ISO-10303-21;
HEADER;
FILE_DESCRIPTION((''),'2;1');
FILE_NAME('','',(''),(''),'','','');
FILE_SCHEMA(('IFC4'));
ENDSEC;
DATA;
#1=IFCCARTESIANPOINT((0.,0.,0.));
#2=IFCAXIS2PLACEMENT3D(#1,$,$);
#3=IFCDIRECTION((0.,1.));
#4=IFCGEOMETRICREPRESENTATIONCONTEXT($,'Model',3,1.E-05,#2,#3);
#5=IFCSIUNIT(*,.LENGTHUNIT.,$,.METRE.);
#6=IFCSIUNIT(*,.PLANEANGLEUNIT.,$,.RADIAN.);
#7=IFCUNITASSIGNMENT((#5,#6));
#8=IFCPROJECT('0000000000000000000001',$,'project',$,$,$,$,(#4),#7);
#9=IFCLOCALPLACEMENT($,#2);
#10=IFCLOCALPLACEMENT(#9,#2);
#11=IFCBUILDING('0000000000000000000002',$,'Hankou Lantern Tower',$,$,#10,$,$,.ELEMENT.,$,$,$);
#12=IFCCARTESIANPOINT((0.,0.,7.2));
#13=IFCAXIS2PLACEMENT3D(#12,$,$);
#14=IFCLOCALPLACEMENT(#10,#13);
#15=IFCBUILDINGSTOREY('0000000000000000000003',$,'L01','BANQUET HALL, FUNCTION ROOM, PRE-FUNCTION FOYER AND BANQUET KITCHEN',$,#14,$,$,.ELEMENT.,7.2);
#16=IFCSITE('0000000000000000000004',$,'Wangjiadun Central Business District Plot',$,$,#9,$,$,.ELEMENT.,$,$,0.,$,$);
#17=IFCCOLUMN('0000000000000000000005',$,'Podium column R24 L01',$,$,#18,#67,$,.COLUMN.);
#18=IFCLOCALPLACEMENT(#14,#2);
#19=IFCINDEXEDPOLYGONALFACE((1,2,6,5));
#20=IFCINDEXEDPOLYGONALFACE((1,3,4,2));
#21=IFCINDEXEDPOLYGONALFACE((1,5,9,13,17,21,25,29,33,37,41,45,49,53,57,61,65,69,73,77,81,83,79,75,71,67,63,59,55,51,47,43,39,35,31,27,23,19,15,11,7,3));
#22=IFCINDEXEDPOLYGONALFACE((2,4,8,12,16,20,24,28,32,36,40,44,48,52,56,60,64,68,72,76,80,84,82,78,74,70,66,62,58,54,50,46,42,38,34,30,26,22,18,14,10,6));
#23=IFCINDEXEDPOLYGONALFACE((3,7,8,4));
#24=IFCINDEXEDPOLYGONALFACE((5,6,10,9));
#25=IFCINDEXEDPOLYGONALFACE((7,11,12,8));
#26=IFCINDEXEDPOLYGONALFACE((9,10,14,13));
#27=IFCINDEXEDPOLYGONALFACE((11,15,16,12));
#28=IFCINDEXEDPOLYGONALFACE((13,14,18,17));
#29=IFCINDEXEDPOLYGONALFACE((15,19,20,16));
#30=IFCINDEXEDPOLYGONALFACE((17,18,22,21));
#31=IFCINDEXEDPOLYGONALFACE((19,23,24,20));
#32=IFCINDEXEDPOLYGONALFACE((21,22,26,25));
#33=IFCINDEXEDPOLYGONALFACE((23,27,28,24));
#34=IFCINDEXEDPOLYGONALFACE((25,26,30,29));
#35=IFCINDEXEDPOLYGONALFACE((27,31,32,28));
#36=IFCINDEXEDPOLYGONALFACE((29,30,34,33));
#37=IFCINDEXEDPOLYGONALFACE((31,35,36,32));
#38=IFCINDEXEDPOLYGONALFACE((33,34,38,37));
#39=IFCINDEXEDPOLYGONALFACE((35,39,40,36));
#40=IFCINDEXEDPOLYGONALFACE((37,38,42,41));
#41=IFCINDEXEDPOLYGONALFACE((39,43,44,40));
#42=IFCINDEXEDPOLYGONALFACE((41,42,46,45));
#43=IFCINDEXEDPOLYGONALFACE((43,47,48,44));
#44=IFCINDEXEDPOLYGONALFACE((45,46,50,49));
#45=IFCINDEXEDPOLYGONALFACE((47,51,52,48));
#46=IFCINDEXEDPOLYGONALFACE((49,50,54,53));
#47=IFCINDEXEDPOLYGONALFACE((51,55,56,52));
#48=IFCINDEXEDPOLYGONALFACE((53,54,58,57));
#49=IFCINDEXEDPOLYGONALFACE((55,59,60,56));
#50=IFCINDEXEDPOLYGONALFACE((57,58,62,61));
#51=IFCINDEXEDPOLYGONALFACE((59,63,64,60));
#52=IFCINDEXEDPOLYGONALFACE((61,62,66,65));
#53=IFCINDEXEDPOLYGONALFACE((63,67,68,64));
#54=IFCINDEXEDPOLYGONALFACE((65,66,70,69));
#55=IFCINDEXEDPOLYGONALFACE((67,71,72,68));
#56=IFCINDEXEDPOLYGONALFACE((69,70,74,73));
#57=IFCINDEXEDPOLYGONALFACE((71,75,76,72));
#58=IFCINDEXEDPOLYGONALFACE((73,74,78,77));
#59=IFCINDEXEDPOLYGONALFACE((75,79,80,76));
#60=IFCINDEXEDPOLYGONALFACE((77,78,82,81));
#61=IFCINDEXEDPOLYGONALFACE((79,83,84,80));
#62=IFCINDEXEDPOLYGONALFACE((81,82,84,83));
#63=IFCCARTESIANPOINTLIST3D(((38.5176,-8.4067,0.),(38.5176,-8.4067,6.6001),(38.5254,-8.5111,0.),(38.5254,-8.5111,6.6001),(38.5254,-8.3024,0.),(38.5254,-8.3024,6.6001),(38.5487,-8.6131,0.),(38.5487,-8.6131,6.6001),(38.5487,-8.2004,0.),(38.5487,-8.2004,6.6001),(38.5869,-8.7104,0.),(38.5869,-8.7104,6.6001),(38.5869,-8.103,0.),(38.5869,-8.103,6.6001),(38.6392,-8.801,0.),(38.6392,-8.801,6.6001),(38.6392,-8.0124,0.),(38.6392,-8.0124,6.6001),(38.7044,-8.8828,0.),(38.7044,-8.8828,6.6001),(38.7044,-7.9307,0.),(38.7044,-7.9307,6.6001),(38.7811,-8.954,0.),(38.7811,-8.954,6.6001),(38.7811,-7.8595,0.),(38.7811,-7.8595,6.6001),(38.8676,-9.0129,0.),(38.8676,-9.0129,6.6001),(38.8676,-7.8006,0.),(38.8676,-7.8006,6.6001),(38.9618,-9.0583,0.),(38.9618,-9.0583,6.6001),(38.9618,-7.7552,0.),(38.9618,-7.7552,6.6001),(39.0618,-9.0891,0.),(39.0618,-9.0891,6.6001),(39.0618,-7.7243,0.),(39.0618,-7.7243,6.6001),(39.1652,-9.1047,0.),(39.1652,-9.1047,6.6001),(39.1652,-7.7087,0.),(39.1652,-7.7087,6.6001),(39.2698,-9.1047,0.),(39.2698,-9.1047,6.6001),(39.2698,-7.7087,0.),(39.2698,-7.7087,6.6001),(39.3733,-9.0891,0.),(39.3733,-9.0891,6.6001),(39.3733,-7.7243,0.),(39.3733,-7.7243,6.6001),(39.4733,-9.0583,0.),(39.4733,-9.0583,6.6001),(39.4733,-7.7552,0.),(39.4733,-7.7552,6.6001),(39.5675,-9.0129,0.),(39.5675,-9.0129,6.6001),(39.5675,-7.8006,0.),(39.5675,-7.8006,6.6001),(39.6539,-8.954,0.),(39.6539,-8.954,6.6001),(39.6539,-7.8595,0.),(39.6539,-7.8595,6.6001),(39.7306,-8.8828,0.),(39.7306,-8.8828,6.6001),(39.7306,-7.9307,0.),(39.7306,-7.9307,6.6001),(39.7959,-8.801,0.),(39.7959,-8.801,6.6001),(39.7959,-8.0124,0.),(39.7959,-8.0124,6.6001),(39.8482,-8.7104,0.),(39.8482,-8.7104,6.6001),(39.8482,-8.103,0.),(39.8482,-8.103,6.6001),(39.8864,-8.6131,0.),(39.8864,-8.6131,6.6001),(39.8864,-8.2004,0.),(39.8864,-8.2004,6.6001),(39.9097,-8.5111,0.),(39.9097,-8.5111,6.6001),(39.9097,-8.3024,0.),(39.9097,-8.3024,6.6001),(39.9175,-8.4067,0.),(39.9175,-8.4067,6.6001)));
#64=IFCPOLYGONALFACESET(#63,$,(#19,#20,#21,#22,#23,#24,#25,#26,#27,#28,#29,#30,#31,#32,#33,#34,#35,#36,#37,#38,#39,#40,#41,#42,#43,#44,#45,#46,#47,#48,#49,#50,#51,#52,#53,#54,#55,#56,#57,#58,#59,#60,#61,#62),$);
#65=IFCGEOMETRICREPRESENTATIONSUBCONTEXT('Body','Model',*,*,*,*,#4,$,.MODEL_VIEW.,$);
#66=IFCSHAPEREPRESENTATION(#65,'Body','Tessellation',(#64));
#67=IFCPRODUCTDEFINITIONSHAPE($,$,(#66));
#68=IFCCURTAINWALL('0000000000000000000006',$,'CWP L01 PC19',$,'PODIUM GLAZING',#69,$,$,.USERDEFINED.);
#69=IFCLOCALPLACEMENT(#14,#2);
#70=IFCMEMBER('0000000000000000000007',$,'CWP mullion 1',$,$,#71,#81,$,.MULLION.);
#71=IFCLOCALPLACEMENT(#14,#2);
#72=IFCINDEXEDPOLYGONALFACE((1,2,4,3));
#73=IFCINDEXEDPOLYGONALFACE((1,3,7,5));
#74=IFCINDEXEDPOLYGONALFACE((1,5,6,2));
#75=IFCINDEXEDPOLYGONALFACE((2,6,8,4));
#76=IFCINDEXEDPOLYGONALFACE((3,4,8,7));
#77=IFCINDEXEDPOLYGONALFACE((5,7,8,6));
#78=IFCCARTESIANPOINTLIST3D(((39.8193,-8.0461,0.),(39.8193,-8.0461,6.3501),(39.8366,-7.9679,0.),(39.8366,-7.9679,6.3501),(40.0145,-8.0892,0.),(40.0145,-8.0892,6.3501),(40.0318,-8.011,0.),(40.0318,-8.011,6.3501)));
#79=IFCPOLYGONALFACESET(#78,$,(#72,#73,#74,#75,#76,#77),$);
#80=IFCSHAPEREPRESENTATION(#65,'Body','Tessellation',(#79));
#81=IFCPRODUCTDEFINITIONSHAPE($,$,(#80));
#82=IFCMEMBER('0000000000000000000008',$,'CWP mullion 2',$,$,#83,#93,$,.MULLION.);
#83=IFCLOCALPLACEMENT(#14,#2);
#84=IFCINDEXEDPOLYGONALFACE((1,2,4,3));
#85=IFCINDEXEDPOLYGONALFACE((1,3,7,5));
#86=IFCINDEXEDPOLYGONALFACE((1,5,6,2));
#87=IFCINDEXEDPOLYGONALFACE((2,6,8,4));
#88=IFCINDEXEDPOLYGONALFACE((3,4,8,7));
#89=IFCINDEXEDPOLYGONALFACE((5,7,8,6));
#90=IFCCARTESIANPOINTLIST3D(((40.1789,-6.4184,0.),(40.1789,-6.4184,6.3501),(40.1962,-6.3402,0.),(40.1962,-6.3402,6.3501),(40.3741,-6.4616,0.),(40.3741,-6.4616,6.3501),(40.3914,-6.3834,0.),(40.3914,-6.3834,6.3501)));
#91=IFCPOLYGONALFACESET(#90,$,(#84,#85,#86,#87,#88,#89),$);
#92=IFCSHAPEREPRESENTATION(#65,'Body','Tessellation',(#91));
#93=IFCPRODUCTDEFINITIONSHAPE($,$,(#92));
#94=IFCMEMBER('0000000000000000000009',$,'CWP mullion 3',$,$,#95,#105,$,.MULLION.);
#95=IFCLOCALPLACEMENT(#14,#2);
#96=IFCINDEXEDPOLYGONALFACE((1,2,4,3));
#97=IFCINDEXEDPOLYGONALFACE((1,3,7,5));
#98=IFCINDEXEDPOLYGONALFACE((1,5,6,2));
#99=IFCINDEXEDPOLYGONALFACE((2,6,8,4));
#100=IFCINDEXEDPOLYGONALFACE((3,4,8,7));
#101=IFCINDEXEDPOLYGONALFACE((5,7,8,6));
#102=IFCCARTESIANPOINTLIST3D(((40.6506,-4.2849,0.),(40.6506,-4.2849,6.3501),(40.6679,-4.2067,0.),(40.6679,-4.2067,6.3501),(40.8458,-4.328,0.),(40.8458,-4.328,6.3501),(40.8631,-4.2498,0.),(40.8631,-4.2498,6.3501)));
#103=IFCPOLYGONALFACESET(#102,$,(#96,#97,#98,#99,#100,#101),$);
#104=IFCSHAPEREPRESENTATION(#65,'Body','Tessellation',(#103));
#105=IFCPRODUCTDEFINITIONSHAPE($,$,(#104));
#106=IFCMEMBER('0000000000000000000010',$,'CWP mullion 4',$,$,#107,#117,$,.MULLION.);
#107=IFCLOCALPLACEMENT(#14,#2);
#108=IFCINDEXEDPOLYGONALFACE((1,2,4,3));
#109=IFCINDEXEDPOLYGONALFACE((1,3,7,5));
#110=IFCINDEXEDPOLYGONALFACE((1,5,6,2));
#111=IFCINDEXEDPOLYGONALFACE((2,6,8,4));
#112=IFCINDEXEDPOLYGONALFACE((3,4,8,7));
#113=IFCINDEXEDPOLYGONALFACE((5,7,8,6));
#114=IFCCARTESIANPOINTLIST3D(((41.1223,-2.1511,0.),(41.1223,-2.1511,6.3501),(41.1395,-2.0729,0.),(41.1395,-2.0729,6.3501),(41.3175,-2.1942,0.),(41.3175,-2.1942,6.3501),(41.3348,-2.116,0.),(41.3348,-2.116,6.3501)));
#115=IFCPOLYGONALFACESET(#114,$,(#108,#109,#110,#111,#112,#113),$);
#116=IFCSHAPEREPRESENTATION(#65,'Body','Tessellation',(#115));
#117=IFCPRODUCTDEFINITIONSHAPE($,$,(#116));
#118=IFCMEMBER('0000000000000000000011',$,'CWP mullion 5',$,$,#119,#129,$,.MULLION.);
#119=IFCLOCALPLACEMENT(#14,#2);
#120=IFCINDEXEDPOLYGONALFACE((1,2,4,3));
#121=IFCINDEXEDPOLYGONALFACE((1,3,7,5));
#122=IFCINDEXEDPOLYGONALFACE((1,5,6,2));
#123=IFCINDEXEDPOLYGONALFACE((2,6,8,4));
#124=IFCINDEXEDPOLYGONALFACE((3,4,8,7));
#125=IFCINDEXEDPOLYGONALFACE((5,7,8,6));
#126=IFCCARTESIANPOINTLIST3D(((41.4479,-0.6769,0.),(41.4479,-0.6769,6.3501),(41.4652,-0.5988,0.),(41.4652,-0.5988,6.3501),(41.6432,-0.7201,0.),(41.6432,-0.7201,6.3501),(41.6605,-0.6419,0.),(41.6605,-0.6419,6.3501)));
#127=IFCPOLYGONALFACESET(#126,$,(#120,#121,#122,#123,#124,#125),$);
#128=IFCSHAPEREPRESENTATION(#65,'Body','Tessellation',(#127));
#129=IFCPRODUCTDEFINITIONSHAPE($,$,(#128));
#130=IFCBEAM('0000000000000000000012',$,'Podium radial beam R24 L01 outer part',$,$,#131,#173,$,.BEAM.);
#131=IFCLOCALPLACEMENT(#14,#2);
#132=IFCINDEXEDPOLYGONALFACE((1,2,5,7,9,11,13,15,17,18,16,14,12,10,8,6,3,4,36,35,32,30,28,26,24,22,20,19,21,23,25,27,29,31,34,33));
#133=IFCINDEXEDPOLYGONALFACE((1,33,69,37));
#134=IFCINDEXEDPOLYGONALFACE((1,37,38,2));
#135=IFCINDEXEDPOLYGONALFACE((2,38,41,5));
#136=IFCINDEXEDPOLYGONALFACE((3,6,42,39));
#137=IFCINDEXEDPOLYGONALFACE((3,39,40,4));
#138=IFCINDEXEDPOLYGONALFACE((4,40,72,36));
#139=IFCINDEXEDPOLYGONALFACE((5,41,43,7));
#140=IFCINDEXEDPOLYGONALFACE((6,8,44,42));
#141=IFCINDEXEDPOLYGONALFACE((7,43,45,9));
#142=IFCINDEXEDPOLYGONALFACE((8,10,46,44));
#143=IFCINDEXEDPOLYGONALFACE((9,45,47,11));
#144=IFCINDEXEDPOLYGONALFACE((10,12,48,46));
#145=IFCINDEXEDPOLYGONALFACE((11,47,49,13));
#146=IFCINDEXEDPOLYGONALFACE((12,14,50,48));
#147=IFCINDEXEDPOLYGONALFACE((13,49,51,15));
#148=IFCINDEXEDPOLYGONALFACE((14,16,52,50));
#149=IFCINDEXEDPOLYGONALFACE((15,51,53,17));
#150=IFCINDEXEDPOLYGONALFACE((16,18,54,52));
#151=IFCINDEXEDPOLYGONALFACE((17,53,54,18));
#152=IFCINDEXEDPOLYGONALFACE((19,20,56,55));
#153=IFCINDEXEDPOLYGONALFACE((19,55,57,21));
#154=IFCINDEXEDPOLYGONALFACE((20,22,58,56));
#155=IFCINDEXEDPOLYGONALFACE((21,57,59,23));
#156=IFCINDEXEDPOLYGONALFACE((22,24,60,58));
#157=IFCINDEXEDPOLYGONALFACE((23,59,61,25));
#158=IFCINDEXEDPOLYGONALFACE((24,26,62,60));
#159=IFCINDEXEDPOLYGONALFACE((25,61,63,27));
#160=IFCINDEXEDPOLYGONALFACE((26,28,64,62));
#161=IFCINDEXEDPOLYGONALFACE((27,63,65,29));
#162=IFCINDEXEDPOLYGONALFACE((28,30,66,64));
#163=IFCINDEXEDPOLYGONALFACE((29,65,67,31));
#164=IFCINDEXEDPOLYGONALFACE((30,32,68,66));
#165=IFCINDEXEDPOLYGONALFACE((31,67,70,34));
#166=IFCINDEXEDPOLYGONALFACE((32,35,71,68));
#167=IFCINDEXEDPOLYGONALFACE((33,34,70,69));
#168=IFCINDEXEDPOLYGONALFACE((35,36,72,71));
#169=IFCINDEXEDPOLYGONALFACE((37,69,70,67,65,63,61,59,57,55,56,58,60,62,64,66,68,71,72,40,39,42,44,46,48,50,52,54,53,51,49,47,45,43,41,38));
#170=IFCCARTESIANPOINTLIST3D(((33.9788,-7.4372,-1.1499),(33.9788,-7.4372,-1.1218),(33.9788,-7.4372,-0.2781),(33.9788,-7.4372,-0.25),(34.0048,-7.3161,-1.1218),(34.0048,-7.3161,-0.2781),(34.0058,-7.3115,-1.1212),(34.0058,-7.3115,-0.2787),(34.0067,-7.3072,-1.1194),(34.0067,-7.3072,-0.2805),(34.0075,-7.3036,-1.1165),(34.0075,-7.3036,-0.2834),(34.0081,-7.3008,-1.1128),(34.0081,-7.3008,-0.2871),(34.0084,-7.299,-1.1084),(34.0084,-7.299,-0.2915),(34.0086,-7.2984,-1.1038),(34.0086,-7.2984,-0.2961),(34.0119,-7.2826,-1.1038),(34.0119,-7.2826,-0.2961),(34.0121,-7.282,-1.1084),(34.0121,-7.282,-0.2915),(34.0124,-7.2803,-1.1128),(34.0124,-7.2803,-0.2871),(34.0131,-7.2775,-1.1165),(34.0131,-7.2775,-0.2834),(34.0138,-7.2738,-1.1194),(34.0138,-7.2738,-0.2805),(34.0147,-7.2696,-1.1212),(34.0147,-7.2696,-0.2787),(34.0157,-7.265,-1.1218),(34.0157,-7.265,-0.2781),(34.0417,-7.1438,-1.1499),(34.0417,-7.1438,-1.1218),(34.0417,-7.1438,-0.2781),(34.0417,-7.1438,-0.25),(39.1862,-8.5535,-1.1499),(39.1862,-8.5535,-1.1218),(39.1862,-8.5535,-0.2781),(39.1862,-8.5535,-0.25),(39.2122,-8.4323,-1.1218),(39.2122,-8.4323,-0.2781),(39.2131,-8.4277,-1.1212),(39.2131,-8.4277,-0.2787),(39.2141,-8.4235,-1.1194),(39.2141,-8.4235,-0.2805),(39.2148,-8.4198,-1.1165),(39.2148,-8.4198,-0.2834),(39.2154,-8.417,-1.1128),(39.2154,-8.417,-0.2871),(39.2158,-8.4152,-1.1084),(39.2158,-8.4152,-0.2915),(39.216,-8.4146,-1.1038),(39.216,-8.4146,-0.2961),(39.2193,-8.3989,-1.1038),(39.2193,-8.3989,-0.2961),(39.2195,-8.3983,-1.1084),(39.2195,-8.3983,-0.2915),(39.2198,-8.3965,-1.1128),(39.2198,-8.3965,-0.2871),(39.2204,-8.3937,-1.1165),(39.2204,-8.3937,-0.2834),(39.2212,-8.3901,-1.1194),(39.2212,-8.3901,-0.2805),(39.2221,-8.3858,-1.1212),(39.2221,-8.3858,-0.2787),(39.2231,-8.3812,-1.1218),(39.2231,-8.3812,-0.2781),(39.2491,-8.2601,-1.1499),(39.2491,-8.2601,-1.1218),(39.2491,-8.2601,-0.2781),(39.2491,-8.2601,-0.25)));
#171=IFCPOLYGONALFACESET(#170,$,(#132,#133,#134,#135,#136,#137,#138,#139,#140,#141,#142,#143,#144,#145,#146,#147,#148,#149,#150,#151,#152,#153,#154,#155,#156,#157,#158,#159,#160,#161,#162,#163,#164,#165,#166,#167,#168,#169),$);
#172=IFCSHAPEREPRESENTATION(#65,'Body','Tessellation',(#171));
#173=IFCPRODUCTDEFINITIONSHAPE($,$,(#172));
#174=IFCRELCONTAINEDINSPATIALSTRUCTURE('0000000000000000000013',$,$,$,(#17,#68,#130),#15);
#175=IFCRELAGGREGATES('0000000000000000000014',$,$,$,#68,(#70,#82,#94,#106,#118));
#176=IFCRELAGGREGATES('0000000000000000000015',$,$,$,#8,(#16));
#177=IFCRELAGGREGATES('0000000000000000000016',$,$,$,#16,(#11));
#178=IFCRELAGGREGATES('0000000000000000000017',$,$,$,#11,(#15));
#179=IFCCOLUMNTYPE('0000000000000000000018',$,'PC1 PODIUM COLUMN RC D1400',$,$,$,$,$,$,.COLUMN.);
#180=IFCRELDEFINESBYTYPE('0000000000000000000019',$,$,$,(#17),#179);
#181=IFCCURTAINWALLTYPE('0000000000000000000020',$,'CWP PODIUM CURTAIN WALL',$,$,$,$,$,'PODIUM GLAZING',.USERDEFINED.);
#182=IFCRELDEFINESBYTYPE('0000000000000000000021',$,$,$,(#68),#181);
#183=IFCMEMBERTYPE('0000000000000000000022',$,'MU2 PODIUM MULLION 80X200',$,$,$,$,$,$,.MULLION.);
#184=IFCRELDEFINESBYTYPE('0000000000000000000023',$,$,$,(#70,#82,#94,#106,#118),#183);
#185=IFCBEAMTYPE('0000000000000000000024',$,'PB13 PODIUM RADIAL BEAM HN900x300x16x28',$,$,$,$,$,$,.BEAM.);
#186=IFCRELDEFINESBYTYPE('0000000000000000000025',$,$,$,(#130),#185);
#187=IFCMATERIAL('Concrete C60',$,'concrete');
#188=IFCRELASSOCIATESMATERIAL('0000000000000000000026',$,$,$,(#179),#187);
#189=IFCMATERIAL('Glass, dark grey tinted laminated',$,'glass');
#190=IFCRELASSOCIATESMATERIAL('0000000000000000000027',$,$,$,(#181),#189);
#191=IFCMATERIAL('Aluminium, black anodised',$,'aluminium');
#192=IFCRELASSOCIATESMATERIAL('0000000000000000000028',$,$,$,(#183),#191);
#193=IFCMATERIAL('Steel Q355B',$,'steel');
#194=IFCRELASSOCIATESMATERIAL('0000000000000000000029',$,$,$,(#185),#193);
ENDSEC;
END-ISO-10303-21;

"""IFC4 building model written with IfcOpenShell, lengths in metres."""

from ifc_helpers import new_model, si_unit, direction, frame, origin, origin_2d, place, context, subcontext, project, spatial, rectangle, circle, i_section, extrude, material, material_profile, profile_set, type_object, element, aggregate, save


model = new_model("IFC4")

# Units and contexts
model_context = context("Model", 3, precision=1e-05, world=origin(), true_north=direction((0.0, 1.0)))
body_context = subcontext(model_context, "Body", "Model", "MODEL_VIEW")
ifc_project = project(units=[si_unit("LENGTHUNIT", "METRE"), si_unit("PLANEANGLEUNIT", "RADIAN")], contexts=[model_context])

# Site, building, storey
site_placement = place(None, origin())
site = spatial("IfcSite", under=ifc_project, at=site_placement, Name="Wangjiadun Central Business District Plot", CompositionType="ELEMENT", RefElevation=0.0)
building_placement = place(site_placement, origin())
building = spatial("IfcBuilding", under=site, at=building_placement, Name="Hankou Lantern Tower", CompositionType="ELEMENT")
storey_placement = place(building_placement, frame((0.0, 0.0, 7.2)))
storey = spatial("IfcBuildingStorey", under=building, at=storey_placement, Name="L01", Description="BANQUET HALL, FUNCTION ROOM, PRE-FUNCTION FOYER AND BANQUET KITCHEN", CompositionType="ELEMENT", Elevation=7.2)

# Column
ifc_material_1 = material(Name="Concrete C60", Category="concrete")
ifc_material_profile_1 = material_profile(ifc_material_1, circle(Radius=0.7, at=origin_2d()), Name="RC D1400")
ifc_profile_set_1 = profile_set([ifc_material_profile_1], Name="Concrete C60")
column_type = type_object("IfcColumnType", Name="PC1 PODIUM COLUMN RC D1400", PredefinedType="COLUMN", material=ifc_profile_set_1)
column_placement = place(storey_placement, frame((39.2175, -8.4067, 0.0), z_axis=(0.0, 0.0, 1.0), x_axis=(1.0, 0.0, 0.0)))
element("IfcColumn", 1, at=column_placement, inside=storey, type_object=column_type, Name="Podium column R24 L01", PredefinedType="COLUMN", context=body_context, shape_type="SweptSolid", body=[
    extrude(circle(Radius=0.7, at=origin_2d()), origin(), (0.0, 0.0, 1.0), 6.6001),
])

# Curtain wall, members
ifc_material_2 = material(Name="Glass, dark grey tinted laminated", Category="glass")
curtain_wall_type = type_object("IfcCurtainWallType", Name="CWP PODIUM CURTAIN WALL", ElementType="PODIUM GLAZING", PredefinedType="USERDEFINED", material=ifc_material_2)
curtain_wall_placement = place(storey_placement, origin())
curtain_wall = element("IfcCurtainWall", 2, at=curtain_wall_placement, inside=storey, type_object=curtain_wall_type, Name="CWP L01 PC19", ObjectType="PODIUM GLAZING", PredefinedType="USERDEFINED")
ifc_material_3 = material(Name="Aluminium, black anodised", Category="aluminium")
ifc_material_profile_2 = material_profile(ifc_material_3, rectangle(XDim=0.0801, YDim=0.2, at=origin_2d()), Name="MU2 80X200")
ifc_profile_set_2 = profile_set([ifc_material_profile_2], Name="Aluminium, black anodised")
member_type_1 = type_object("IfcMemberType", Name="MU2 PODIUM MULLION 80X200", PredefinedType="MULLION", material=ifc_profile_set_2)
member_1_placement = place(storey_placement, frame((39.9255, -8.0286, 0.0), z_axis=(0.0, 0.0, 1.0), x_axis=(0.215821, 0.976433, 0.0)))
member_1 = element("IfcMember", 3, at=member_1_placement, type_object=member_type_1, Name="CWP mullion 1", PredefinedType="MULLION", context=body_context, shape_type="SweptSolid", body=[
    extrude(rectangle(XDim=0.0801, YDim=0.2, at=origin_2d()), origin(), (0.0, 0.0, 1.0), 6.3501),
])
member_2_placement = place(storey_placement, frame((40.2852, -6.4009, 0.0), z_axis=(0.0, 0.0, 1.0), x_axis=(0.215821, 0.976433, 0.0)))
member_2 = element("IfcMember", 4, at=member_2_placement, type_object=member_type_1, Name="CWP mullion 2", PredefinedType="MULLION", context=body_context, shape_type="SweptSolid", body=[
    extrude(rectangle(XDim=0.0801, YDim=0.2, at=origin_2d()), origin(), (0.0, 0.0, 1.0), 6.3501),
])
member_3_placement = place(storey_placement, frame((40.7568, -4.2673, 0.0), z_axis=(0.0, 0.0, 1.0), x_axis=(0.215821, 0.976433, 0.0)))
member_3 = element("IfcMember", 5, at=member_3_placement, type_object=member_type_1, Name="CWP mullion 3", PredefinedType="MULLION", context=body_context, shape_type="SweptSolid", body=[
    extrude(rectangle(XDim=0.0801, YDim=0.2, at=origin_2d()), origin(), (0.0, 0.0, 1.0), 6.3501),
])
member_4_placement = place(storey_placement, frame((41.2285, -2.1335, 0.0), z_axis=(0.0, 0.0, 1.0), x_axis=(0.215821, 0.976433, 0.0)))
member_4 = element("IfcMember", 6, at=member_4_placement, type_object=member_type_1, Name="CWP mullion 4", PredefinedType="MULLION", context=body_context, shape_type="SweptSolid", body=[
    extrude(rectangle(XDim=0.0801, YDim=0.2, at=origin_2d()), origin(), (0.0, 0.0, 1.0), 6.3501),
])
member_5_placement = place(storey_placement, frame((41.5542, -0.6594, 0.0), z_axis=(0.0, 0.0, 1.0), x_axis=(0.215821, 0.976433, 0.0)))
member_5 = element("IfcMember", 7, at=member_5_placement, type_object=member_type_1, Name="CWP mullion 5", PredefinedType="MULLION", context=body_context, shape_type="SweptSolid", body=[
    extrude(rectangle(XDim=0.0801, YDim=0.2, at=origin_2d()), origin(), (0.0, 0.0, 1.0), 6.3501),
])

# Beam
ifc_material_4 = material(Name="Steel Q355B", Category="steel")
ifc_material_profile_3 = material_profile(ifc_material_4, i_section(OverallWidth=0.3, OverallDepth=0.8999, WebThickness=0.0161, FlangeThickness=0.0281, FilletRadius=0.0181, at=origin_2d()), Name="HN900x300x16x28")
ifc_profile_set_3 = profile_set([ifc_material_profile_3], Name="Steel Q355B")
beam_type_1 = type_object("IfcBeamType", Name="PB13 PODIUM RADIAL BEAM HN900x300x16x28", PredefinedType="BEAM", material=ifc_profile_set_3)
beam_1_placement = place(storey_placement, frame((34.0103, -7.2905, -0.7), z_axis=(0.977788, -0.209595, 0.0), x_axis=(0.209595, 0.977788, 0.0)))
element("IfcBeam", 8, at=beam_1_placement, inside=storey, type_object=beam_type_1, Name="Podium radial beam R24 L01 outer part", PredefinedType="BEAM", context=body_context, shape_type="SweptSolid", body=[
    extrude(i_section(OverallWidth=0.3, OverallDepth=0.8999, WebThickness=0.0161, FlangeThickness=0.0281, FilletRadius=0.0181, at=origin_2d()), origin(), (0.0, 0.0, 1.0), 5.3257),
])

aggregate(curtain_wall, [member_1, member_2, member_3, member_4, member_5])

save(model, "model.ifc")
